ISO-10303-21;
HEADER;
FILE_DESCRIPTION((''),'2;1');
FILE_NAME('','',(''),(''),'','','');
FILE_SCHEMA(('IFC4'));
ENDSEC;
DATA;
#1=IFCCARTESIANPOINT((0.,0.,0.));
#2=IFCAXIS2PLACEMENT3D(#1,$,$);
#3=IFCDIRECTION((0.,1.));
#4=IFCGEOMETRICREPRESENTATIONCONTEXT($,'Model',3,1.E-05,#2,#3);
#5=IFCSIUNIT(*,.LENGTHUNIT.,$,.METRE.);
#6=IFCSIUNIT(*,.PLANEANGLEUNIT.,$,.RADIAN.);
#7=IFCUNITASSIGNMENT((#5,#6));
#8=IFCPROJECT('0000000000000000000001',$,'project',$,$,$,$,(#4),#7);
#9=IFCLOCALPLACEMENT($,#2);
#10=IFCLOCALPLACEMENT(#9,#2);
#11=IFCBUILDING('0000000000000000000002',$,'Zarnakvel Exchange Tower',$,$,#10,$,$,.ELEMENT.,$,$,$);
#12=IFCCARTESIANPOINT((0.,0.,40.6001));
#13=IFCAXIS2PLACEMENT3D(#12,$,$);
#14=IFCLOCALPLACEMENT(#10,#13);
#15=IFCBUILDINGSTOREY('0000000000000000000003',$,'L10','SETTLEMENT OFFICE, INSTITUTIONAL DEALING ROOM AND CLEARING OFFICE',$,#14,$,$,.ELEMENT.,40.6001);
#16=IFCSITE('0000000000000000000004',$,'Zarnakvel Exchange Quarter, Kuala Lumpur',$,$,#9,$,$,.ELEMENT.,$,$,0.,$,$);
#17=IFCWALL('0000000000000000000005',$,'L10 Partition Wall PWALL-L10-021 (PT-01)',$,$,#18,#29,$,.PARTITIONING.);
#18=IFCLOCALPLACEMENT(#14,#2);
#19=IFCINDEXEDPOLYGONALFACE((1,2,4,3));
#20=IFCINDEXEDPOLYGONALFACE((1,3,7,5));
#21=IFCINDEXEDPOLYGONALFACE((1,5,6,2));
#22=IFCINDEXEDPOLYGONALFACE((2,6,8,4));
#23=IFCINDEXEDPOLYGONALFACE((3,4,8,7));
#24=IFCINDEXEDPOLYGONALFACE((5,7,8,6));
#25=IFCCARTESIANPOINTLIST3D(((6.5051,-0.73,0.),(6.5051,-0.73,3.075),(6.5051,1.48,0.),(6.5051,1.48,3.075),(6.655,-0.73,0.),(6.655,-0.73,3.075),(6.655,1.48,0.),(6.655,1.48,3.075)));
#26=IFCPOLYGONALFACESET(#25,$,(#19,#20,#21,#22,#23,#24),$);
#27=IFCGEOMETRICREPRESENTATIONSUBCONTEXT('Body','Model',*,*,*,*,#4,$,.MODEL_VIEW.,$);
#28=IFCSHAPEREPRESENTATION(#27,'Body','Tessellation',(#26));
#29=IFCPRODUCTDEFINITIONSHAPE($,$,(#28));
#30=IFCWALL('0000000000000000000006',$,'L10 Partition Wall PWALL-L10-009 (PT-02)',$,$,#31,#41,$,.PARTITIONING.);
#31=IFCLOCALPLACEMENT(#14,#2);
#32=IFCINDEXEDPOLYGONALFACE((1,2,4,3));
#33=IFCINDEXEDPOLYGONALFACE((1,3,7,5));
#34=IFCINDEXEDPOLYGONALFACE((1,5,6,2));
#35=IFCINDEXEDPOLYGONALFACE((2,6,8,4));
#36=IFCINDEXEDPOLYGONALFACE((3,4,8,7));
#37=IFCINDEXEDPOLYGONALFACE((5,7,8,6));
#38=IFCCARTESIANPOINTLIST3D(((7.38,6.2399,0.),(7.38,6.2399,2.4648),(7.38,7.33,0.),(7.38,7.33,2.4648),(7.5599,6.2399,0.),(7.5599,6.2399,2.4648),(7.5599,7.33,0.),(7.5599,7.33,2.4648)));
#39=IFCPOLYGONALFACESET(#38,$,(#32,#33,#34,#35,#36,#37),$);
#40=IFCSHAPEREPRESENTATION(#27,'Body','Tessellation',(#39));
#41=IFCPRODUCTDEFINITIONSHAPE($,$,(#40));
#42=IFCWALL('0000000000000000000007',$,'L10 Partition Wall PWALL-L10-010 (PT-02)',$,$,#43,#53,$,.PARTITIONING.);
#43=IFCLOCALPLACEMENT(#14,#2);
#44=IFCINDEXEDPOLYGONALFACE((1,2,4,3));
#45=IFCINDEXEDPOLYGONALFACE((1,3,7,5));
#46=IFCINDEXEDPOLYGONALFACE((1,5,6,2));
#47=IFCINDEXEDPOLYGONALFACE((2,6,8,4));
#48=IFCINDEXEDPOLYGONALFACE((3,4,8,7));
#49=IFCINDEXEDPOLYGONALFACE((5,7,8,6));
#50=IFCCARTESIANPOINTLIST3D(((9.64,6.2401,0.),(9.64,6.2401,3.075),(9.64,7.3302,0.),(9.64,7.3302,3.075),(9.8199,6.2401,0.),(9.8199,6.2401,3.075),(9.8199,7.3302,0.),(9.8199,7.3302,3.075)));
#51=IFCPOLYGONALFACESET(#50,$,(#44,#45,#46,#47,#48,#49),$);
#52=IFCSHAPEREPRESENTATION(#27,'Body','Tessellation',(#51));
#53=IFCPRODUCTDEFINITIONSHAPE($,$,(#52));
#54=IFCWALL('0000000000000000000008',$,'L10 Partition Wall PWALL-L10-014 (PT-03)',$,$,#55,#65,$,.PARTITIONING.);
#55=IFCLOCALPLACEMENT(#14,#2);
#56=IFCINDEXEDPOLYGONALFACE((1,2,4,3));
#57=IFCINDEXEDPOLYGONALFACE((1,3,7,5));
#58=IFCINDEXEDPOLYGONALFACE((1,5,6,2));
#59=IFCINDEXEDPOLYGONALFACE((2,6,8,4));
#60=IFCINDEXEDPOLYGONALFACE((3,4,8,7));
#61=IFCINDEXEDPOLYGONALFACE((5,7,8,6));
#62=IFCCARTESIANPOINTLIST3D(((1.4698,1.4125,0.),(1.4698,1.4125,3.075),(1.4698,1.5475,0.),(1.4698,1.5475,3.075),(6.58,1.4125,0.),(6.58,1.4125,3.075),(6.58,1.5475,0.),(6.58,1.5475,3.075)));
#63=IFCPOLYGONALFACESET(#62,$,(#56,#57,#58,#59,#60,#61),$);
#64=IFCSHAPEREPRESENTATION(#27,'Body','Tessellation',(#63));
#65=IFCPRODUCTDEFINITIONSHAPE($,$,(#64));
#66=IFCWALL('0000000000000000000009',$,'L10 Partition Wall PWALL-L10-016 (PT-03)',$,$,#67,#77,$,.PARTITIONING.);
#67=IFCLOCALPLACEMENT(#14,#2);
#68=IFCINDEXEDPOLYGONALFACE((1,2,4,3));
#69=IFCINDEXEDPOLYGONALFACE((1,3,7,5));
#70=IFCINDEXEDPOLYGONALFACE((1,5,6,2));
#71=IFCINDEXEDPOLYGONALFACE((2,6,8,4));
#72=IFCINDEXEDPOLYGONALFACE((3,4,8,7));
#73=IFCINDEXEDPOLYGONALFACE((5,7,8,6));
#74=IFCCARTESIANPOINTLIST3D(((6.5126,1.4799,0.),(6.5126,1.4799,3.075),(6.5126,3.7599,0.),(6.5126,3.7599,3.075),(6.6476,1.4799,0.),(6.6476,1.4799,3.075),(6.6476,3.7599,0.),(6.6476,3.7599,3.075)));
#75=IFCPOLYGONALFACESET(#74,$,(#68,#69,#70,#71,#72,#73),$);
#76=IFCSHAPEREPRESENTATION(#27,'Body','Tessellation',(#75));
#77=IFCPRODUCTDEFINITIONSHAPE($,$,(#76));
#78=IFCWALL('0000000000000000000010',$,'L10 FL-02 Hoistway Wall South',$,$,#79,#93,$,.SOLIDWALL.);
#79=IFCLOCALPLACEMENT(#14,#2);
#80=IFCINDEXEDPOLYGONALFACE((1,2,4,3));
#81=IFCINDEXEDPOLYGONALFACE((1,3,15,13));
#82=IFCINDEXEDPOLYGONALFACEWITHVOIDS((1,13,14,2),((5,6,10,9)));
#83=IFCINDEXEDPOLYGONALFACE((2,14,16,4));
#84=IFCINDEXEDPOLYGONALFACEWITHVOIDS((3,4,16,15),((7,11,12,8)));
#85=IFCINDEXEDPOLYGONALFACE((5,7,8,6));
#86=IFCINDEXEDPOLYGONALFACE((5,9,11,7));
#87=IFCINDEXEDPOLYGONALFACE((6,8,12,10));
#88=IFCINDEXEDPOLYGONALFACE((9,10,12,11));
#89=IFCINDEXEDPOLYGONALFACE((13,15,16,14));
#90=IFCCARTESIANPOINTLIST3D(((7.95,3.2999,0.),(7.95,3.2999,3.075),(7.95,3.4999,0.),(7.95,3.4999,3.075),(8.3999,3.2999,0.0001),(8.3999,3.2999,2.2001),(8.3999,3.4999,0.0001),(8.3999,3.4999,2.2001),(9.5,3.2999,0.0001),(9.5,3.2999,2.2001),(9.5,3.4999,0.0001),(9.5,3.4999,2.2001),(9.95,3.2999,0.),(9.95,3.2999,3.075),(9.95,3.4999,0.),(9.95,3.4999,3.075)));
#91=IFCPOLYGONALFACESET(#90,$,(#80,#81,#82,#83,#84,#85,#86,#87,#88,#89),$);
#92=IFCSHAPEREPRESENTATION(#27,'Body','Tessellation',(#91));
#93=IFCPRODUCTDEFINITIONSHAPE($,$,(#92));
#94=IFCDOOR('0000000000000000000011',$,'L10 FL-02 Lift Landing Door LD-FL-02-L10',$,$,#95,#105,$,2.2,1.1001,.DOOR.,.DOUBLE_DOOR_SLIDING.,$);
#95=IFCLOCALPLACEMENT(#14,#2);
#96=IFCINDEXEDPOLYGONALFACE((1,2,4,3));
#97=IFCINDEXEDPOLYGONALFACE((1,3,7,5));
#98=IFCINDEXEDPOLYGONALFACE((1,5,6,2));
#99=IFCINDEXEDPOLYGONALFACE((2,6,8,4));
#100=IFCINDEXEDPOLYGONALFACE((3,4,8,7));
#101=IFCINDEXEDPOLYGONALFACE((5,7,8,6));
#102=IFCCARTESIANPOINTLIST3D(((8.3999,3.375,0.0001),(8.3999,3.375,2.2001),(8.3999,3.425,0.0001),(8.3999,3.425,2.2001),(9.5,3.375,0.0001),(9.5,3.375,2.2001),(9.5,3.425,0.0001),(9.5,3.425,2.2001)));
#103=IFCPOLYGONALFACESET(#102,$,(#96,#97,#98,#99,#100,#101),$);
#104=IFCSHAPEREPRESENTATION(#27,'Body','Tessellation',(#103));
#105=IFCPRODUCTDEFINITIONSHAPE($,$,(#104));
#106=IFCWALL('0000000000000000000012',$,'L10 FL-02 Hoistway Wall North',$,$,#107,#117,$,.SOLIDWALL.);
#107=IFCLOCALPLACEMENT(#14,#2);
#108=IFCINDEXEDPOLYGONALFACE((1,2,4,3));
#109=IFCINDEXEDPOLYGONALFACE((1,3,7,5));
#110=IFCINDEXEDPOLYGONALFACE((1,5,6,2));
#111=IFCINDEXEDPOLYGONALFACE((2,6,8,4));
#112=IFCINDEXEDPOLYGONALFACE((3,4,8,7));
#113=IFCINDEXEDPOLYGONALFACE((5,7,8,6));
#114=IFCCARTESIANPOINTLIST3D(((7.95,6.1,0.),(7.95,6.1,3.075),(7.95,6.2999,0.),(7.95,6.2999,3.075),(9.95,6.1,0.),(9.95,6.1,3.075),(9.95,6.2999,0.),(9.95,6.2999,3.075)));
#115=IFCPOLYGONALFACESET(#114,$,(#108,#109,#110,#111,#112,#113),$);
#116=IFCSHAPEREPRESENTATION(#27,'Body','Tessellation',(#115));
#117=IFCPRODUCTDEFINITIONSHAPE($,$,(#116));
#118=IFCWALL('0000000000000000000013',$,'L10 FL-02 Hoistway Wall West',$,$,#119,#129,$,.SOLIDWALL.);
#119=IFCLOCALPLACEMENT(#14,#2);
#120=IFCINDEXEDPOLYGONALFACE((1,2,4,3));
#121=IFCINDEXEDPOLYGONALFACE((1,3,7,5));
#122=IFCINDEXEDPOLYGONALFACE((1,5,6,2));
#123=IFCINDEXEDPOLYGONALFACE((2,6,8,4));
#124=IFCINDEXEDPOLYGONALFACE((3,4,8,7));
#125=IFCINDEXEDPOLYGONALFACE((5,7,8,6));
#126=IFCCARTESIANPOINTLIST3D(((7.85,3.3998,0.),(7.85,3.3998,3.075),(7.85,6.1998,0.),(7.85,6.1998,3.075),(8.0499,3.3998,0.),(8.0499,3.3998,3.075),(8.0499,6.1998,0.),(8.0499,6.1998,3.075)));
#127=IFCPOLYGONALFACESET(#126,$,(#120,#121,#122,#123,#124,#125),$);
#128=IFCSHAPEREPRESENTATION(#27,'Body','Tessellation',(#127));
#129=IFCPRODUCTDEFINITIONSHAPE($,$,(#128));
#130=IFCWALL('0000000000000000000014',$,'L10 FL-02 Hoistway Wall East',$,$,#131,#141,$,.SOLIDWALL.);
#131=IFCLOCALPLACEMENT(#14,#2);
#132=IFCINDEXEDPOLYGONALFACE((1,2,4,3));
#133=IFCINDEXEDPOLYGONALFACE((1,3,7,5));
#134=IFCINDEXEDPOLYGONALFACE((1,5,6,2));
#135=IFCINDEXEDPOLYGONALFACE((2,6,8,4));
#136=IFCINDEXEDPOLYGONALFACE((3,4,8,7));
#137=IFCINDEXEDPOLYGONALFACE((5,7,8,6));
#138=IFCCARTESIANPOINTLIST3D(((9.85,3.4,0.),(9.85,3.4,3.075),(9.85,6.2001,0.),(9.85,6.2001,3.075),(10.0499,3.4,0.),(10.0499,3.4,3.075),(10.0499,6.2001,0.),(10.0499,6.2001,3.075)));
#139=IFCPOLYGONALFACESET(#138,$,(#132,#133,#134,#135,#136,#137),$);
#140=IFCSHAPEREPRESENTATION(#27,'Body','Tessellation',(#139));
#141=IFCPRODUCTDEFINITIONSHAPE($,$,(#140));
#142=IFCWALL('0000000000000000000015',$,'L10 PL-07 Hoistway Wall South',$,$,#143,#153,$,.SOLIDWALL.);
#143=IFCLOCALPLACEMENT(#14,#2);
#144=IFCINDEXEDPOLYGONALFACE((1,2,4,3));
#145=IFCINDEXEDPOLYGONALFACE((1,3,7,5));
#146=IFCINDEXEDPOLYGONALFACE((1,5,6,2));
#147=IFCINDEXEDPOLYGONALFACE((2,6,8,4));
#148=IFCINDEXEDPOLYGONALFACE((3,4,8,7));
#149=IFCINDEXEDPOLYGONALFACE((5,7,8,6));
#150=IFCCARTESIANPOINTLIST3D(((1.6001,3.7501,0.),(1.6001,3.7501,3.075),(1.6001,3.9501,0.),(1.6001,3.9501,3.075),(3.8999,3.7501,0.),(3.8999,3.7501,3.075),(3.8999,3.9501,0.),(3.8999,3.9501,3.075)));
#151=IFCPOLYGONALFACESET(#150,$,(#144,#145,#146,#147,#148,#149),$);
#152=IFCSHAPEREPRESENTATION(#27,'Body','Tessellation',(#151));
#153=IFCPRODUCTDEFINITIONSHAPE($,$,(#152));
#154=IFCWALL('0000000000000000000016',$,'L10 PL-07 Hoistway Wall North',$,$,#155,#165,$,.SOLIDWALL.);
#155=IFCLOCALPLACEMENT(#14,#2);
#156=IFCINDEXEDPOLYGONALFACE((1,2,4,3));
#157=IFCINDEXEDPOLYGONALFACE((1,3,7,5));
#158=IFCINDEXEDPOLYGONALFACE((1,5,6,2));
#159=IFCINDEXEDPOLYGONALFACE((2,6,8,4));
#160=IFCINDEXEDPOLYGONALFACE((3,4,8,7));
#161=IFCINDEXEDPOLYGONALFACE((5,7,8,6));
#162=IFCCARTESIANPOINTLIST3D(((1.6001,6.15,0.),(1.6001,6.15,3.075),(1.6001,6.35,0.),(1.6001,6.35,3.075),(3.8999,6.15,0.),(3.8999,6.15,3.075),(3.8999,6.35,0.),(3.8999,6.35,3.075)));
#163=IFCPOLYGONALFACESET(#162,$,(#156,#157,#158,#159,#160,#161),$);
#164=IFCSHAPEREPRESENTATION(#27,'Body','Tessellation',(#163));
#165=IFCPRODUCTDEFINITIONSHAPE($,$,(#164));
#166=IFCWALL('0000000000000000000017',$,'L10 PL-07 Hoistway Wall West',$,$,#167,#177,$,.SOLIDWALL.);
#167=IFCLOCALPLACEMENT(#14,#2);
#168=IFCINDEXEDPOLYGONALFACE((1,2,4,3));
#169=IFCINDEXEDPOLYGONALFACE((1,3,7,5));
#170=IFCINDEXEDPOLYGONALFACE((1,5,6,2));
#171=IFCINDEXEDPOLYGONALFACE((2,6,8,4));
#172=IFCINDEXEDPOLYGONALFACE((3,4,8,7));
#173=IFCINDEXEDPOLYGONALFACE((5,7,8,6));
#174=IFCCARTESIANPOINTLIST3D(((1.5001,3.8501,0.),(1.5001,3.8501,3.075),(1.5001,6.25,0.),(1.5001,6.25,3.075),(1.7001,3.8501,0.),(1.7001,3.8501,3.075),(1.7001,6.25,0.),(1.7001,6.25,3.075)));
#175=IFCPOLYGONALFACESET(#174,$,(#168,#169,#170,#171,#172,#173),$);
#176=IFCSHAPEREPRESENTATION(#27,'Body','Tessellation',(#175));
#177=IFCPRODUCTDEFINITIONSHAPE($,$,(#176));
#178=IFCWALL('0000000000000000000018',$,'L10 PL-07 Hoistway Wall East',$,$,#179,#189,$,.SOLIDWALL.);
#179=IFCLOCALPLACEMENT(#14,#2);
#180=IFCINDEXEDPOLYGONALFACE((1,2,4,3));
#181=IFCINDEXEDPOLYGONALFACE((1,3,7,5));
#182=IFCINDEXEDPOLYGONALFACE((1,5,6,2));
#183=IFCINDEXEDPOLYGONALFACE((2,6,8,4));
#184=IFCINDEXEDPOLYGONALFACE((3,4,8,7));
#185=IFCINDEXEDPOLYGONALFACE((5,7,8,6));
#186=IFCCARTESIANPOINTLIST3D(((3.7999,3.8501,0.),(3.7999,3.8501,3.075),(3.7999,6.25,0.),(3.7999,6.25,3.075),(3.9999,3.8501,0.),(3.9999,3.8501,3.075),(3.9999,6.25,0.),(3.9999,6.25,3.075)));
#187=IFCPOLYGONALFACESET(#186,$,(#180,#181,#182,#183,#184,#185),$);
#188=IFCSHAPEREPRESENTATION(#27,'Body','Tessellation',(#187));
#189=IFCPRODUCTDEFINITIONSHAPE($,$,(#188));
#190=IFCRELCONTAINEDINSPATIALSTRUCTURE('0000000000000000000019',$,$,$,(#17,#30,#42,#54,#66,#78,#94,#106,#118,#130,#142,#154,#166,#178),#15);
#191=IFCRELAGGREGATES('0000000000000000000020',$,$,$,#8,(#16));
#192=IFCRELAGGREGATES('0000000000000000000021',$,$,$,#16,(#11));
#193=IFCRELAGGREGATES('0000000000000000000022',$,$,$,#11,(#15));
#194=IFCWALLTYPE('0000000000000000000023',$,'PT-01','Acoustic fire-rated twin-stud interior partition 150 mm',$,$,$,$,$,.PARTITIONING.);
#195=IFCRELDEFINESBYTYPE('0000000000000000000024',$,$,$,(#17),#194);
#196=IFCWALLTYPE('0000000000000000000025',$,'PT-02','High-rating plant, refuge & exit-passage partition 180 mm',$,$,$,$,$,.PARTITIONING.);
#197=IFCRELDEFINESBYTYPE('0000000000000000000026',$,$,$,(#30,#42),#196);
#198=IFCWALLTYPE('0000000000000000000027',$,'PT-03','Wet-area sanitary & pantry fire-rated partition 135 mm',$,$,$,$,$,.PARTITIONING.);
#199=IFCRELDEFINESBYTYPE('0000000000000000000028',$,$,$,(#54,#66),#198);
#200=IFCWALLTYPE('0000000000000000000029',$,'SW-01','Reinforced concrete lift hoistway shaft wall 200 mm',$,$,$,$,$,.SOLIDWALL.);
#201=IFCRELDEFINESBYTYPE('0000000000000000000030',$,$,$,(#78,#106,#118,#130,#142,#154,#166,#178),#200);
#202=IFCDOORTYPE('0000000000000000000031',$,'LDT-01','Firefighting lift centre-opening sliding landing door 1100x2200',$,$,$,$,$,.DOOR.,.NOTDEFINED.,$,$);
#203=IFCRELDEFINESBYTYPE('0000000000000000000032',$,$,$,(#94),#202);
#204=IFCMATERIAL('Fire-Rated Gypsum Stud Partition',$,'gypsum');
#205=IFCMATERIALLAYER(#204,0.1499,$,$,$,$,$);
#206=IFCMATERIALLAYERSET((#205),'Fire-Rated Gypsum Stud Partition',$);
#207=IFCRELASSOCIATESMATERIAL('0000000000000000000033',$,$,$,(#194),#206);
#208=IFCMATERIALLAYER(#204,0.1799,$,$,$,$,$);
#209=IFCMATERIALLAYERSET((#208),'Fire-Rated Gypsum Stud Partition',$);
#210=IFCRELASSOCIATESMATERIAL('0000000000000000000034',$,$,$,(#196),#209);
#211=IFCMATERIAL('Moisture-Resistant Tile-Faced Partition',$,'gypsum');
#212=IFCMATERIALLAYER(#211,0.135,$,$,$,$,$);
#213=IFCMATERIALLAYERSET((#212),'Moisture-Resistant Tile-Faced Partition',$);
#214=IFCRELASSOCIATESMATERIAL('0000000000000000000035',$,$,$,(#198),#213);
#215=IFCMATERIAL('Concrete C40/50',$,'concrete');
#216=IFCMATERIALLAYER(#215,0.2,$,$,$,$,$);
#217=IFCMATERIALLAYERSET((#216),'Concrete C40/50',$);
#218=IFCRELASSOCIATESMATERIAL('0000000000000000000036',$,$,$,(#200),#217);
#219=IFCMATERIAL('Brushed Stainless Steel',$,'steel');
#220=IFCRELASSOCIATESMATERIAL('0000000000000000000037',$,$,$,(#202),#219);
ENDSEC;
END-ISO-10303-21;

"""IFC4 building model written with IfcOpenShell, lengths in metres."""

from ifc_helpers import new_model, si_unit, direction, frame, frame_2d, origin, place, context, subcontext, project, spatial, rectangle, extrude, source, transform, mapped, material, layer, layer_set, type_object, element, fill, save


model = new_model("IFC4")

# Units and contexts
model_context = context("Model", 3, precision=1e-05, world=origin(), true_north=direction((0.0, 1.0)))
body_context = subcontext(model_context, "Body", "Model", "MODEL_VIEW")
ifc_project = project(units=[si_unit("LENGTHUNIT", "METRE"), si_unit("PLANEANGLEUNIT", "RADIAN")], contexts=[model_context])

# Site, building, storey
site_placement = place(None, origin())
site = spatial("IfcSite", under=ifc_project, at=site_placement, Name="Zarnakvel Exchange Quarter, Kuala Lumpur", CompositionType="ELEMENT", RefElevation=0.0)
building_placement = place(site_placement, origin())
building = spatial("IfcBuilding", under=site, at=building_placement, Name="Zarnakvel Exchange Tower", CompositionType="ELEMENT")
storey_placement = place(building_placement, frame((0.0, 0.0, 40.6001)))
storey = spatial("IfcBuildingStorey", under=building, at=storey_placement, Name="L10", Description="SETTLEMENT OFFICE, INSTITUTIONAL DEALING ROOM AND CLEARING OFFICE", CompositionType="ELEMENT", Elevation=40.6001)

# Walls
ifc_material_1 = material(Name="Fire-Rated Gypsum Stud Partition", Category="gypsum")
ifc_layer_1 = layer(ifc_material_1, 0.1499)
ifc_layer_set_1 = layer_set([ifc_layer_1], Name="Fire-Rated Gypsum Stud Partition")
wall_type_1 = type_object("IfcWallType", Name="PT-01", Description="Acoustic fire-rated twin-stud interior partition 150 mm", PredefinedType="PARTITIONING", material=ifc_layer_set_1)
wall_1_placement = place(storey_placement, frame((6.5801, 1.48, 0.0), z_axis=(0.0, 0.0, 1.0), x_axis=(0.0, -1.0, 0.0)))
element("IfcWall", 1, at=wall_1_placement, inside=storey, type_object=wall_type_1, Name="L10 Partition Wall PWALL-L10-021 (PT-01)", PredefinedType="PARTITIONING", context=body_context, shape_type="SweptSolid", body=[
    extrude(rectangle(XDim=2.21, YDim=0.1499, at=frame_2d((1.105, 0.0))), origin(), (0.0, 0.0, 1.0), 3.075),
])
ifc_layer_2 = layer(ifc_material_1, 0.1799)
ifc_layer_set_2 = layer_set([ifc_layer_2], Name="Fire-Rated Gypsum Stud Partition")
wall_type_2 = type_object("IfcWallType", Name="PT-02", Description="High-rating plant, refuge & exit-passage partition 180 mm", PredefinedType="PARTITIONING", material=ifc_layer_set_2)
wall_2_placement = place(storey_placement, frame((7.47, 6.24, 0.0), z_axis=(0.0, 0.0, 1.0), x_axis=(0.0, 1.0, 0.0)))
element("IfcWall", 2, at=wall_2_placement, inside=storey, type_object=wall_type_2, Name="L10 Partition Wall PWALL-L10-009 (PT-02)", PredefinedType="PARTITIONING", context=body_context, shape_type="SweptSolid", body=[
    extrude(rectangle(XDim=1.0901, YDim=0.1799, at=frame_2d((0.5449, 0.0))), origin(), (0.0, 0.0, 1.0), 2.4648),
])
wall_3_placement = place(storey_placement, frame((9.73, 7.3301, 0.0), z_axis=(0.0, 0.0, 1.0), x_axis=(0.0, -1.0, 0.0)))
element("IfcWall", 3, at=wall_3_placement, inside=storey, type_object=wall_type_2, Name="L10 Partition Wall PWALL-L10-010 (PT-02)", PredefinedType="PARTITIONING", context=body_context, shape_type="SweptSolid", body=[
    extrude(rectangle(XDim=1.0901, YDim=0.1799, at=frame_2d((0.5449, 0.0))), origin(), (0.0, 0.0, 1.0), 3.075),
])
ifc_material_2 = material(Name="Moisture-Resistant Tile-Faced Partition", Category="gypsum")
ifc_layer_3 = layer(ifc_material_2, 0.135)
ifc_layer_set_3 = layer_set([ifc_layer_3], Name="Moisture-Resistant Tile-Faced Partition")
wall_type_3 = type_object("IfcWallType", Name="PT-03", Description="Wet-area sanitary & pantry fire-rated partition 135 mm", PredefinedType="PARTITIONING", material=ifc_layer_set_3)
wall_4_placement = place(storey_placement, frame((6.5801, 1.48, 0.0), z_axis=(0.0, 0.0, 1.0), x_axis=(-1.0, 0.0, 0.0)))
element("IfcWall", 4, at=wall_4_placement, inside=storey, type_object=wall_type_3, Name="L10 Partition Wall PWALL-L10-014 (PT-03)", PredefinedType="PARTITIONING", context=body_context, shape_type="SweptSolid", body=[
    extrude(rectangle(XDim=5.1101, YDim=0.135, at=frame_2d((2.5552, 0.0))), origin(), (0.0, 0.0, 1.0), 3.075),
])
wall_5_placement = place(storey_placement, frame((6.5801, 3.76, 0.0), z_axis=(0.0, 0.0, 1.0), x_axis=(0.0, -1.0, 0.0)))
element("IfcWall", 5, at=wall_5_placement, inside=storey, type_object=wall_type_3, Name="L10 Partition Wall PWALL-L10-016 (PT-03)", PredefinedType="PARTITIONING", context=body_context, shape_type="SweptSolid", body=[
    extrude(rectangle(XDim=2.28, YDim=0.135, at=frame_2d((1.1401, 0.0))), origin(), (0.0, 0.0, 1.0), 3.075),
])

# Wall, opening, door
ifc_material_3 = material(Name="Concrete C40/50", Category="concrete")
ifc_layer_4 = layer(ifc_material_3, 0.2)
ifc_layer_set_4 = layer_set([ifc_layer_4], Name="Concrete C40/50")
wall_type_4 = type_object("IfcWallType", Name="SW-01", Description="Reinforced concrete lift hoistway shaft wall 200 mm", PredefinedType="SOLIDWALL", material=ifc_layer_set_4)
wall_6_placement = place(storey_placement, frame((9.95, 3.3999, 0.0), z_axis=(0.0, 0.0, 1.0), x_axis=(-1.0, 0.0, 0.0)))
wall_6 = element("IfcWall", 6, at=wall_6_placement, inside=storey, type_object=wall_type_4, Name="L10 FL-02 Hoistway Wall South", PredefinedType="SOLIDWALL", context=body_context, shape_type="SweptSolid", body=[
    extrude(rectangle(XDim=2.0, YDim=0.2, at=frame_2d((1.0, 0.0))), origin(), (0.0, 0.0, 1.0), 3.075),
])
opening_placement = place(wall_6_placement, frame((0.45, 0.0, 0.0)))
opening = element("IfcOpeningElement", 7, at=opening_placement, cuts=wall_6, PredefinedType="OPENING", context=body_context, shape_type="SweptSolid", body=[
    extrude(rectangle(XDim=1.1001, YDim=2.2, at=frame_2d((0.55, 1.1001))), frame((0.0, 0.1099, 0.0), z_axis=(0.0, -1.0, 0.0), x_axis=(1.0, 0.0, 0.0)), (0.0, 0.0, 1.0), 0.22),
])
ifc_material_4 = material(Name="Brushed Stainless Steel", Category="steel")
door_type = type_object("IfcDoorType", Name="LDT-01", Description="Firefighting lift centre-opening sliding landing door 1100x2200", OperationType="NOTDEFINED", PredefinedType="DOOR", material=ifc_material_4)
shared_shape_1 = source(origin(), body_context, "Body", "SweptSolid", [
    extrude(rectangle(XDim=1.1001, YDim=2.2, at=frame_2d((0.55, 1.1001))), frame((0.0, 0.0249, 0.0), z_axis=(0.0, -1.0, 0.0), x_axis=(1.0, 0.0, 0.0)), (0.0, 0.0, 1.0), 0.05),
])
door_placement = place(opening_placement, origin())
door = element("IfcDoor", 8, at=door_placement, inside=storey, type_object=door_type, Name="L10 FL-02 Lift Landing Door LD-FL-02-L10", OperationType="DOUBLE_DOOR_SLIDING", OverallHeight=2.2, OverallWidth=1.1001, PredefinedType="DOOR", context=body_context, shape_type="MappedRepresentation", body=[
    mapped(shared_shape_1, transform((0.0, 0.0, 0.0), x_axis=(1.0, 0.0, 0.0), y_axis=(0.0, 1.0, 0.0), z_axis=(0.0, 0.0, 1.0), scale=1.0)),
])
fill(opening, door)

# Walls
wall_7_placement = place(storey_placement, frame((7.95, 6.2, 0.0), z_axis=(0.0, 0.0, 1.0), x_axis=(1.0, 0.0, 0.0)))
element("IfcWall", 9, at=wall_7_placement, inside=storey, type_object=wall_type_4, Name="L10 FL-02 Hoistway Wall North", PredefinedType="SOLIDWALL", context=body_context, shape_type="SweptSolid", body=[
    extrude(rectangle(XDim=2.0, YDim=0.2, at=frame_2d((1.0, 0.0))), origin(), (0.0, 0.0, 1.0), 3.075),
])
for number, where, z_axis, x_axis, name in (
    (10, (7.95, 3.3999, 0.0), (0.0, 0.0, 1.0), (0.0, 1.0, 0.0), "L10 FL-02 Hoistway Wall West"),
    (11, (9.95, 6.2, 0.0), (0.0, 0.0, 1.0), (0.0, -1.0, 0.0), "L10 FL-02 Hoistway Wall East"),
):
    element("IfcWall", number, at=place(storey_placement, frame(where, z_axis=z_axis, x_axis=x_axis)), inside=storey, type_object=wall_type_4, Name=name, PredefinedType="SOLIDWALL", context=body_context, shape_type="SweptSolid", body=[
        extrude(rectangle(XDim=2.8, YDim=0.2, at=frame_2d((1.3999, 0.0))), origin(), (0.0, 0.0, 1.0), 3.075),
    ])
for number, where, z_axis, x_axis, name in (
    (12, (3.8999, 3.8501, 0.0), (0.0, 0.0, 1.0), (-1.0, 0.0, 0.0), "L10 PL-07 Hoistway Wall South"),
    (13, (1.6001, 6.25, 0.0), (0.0, 0.0, 1.0), (1.0, 0.0, 0.0), "L10 PL-07 Hoistway Wall North"),
):
    element("IfcWall", number, at=place(storey_placement, frame(where, z_axis=z_axis, x_axis=x_axis)), inside=storey, type_object=wall_type_4, Name=name, PredefinedType="SOLIDWALL", context=body_context, shape_type="SweptSolid", body=[
        extrude(rectangle(XDim=2.2998, YDim=0.2, at=frame_2d((1.1499, 0.0))), origin(), (0.0, 0.0, 1.0), 3.075),
    ])
for number, where, z_axis, x_axis, name in (
    (14, (1.6001, 3.8501, 0.0), (0.0, 0.0, 1.0), (0.0, 1.0, 0.0), "L10 PL-07 Hoistway Wall West"),
    (15, (3.8999, 6.25, 0.0), (0.0, 0.0, 1.0), (0.0, -1.0, 0.0), "L10 PL-07 Hoistway Wall East"),
):
    element("IfcWall", number, at=place(storey_placement, frame(where, z_axis=z_axis, x_axis=x_axis)), inside=storey, type_object=wall_type_4, Name=name, PredefinedType="SOLIDWALL", context=body_context, shape_type="SweptSolid", body=[
        extrude(rectangle(XDim=2.3999, YDim=0.2, at=frame_2d((1.2, 0.0))), origin(), (0.0, 0.0, 1.0), 3.075),
    ])

save(model, "model.ifc")
